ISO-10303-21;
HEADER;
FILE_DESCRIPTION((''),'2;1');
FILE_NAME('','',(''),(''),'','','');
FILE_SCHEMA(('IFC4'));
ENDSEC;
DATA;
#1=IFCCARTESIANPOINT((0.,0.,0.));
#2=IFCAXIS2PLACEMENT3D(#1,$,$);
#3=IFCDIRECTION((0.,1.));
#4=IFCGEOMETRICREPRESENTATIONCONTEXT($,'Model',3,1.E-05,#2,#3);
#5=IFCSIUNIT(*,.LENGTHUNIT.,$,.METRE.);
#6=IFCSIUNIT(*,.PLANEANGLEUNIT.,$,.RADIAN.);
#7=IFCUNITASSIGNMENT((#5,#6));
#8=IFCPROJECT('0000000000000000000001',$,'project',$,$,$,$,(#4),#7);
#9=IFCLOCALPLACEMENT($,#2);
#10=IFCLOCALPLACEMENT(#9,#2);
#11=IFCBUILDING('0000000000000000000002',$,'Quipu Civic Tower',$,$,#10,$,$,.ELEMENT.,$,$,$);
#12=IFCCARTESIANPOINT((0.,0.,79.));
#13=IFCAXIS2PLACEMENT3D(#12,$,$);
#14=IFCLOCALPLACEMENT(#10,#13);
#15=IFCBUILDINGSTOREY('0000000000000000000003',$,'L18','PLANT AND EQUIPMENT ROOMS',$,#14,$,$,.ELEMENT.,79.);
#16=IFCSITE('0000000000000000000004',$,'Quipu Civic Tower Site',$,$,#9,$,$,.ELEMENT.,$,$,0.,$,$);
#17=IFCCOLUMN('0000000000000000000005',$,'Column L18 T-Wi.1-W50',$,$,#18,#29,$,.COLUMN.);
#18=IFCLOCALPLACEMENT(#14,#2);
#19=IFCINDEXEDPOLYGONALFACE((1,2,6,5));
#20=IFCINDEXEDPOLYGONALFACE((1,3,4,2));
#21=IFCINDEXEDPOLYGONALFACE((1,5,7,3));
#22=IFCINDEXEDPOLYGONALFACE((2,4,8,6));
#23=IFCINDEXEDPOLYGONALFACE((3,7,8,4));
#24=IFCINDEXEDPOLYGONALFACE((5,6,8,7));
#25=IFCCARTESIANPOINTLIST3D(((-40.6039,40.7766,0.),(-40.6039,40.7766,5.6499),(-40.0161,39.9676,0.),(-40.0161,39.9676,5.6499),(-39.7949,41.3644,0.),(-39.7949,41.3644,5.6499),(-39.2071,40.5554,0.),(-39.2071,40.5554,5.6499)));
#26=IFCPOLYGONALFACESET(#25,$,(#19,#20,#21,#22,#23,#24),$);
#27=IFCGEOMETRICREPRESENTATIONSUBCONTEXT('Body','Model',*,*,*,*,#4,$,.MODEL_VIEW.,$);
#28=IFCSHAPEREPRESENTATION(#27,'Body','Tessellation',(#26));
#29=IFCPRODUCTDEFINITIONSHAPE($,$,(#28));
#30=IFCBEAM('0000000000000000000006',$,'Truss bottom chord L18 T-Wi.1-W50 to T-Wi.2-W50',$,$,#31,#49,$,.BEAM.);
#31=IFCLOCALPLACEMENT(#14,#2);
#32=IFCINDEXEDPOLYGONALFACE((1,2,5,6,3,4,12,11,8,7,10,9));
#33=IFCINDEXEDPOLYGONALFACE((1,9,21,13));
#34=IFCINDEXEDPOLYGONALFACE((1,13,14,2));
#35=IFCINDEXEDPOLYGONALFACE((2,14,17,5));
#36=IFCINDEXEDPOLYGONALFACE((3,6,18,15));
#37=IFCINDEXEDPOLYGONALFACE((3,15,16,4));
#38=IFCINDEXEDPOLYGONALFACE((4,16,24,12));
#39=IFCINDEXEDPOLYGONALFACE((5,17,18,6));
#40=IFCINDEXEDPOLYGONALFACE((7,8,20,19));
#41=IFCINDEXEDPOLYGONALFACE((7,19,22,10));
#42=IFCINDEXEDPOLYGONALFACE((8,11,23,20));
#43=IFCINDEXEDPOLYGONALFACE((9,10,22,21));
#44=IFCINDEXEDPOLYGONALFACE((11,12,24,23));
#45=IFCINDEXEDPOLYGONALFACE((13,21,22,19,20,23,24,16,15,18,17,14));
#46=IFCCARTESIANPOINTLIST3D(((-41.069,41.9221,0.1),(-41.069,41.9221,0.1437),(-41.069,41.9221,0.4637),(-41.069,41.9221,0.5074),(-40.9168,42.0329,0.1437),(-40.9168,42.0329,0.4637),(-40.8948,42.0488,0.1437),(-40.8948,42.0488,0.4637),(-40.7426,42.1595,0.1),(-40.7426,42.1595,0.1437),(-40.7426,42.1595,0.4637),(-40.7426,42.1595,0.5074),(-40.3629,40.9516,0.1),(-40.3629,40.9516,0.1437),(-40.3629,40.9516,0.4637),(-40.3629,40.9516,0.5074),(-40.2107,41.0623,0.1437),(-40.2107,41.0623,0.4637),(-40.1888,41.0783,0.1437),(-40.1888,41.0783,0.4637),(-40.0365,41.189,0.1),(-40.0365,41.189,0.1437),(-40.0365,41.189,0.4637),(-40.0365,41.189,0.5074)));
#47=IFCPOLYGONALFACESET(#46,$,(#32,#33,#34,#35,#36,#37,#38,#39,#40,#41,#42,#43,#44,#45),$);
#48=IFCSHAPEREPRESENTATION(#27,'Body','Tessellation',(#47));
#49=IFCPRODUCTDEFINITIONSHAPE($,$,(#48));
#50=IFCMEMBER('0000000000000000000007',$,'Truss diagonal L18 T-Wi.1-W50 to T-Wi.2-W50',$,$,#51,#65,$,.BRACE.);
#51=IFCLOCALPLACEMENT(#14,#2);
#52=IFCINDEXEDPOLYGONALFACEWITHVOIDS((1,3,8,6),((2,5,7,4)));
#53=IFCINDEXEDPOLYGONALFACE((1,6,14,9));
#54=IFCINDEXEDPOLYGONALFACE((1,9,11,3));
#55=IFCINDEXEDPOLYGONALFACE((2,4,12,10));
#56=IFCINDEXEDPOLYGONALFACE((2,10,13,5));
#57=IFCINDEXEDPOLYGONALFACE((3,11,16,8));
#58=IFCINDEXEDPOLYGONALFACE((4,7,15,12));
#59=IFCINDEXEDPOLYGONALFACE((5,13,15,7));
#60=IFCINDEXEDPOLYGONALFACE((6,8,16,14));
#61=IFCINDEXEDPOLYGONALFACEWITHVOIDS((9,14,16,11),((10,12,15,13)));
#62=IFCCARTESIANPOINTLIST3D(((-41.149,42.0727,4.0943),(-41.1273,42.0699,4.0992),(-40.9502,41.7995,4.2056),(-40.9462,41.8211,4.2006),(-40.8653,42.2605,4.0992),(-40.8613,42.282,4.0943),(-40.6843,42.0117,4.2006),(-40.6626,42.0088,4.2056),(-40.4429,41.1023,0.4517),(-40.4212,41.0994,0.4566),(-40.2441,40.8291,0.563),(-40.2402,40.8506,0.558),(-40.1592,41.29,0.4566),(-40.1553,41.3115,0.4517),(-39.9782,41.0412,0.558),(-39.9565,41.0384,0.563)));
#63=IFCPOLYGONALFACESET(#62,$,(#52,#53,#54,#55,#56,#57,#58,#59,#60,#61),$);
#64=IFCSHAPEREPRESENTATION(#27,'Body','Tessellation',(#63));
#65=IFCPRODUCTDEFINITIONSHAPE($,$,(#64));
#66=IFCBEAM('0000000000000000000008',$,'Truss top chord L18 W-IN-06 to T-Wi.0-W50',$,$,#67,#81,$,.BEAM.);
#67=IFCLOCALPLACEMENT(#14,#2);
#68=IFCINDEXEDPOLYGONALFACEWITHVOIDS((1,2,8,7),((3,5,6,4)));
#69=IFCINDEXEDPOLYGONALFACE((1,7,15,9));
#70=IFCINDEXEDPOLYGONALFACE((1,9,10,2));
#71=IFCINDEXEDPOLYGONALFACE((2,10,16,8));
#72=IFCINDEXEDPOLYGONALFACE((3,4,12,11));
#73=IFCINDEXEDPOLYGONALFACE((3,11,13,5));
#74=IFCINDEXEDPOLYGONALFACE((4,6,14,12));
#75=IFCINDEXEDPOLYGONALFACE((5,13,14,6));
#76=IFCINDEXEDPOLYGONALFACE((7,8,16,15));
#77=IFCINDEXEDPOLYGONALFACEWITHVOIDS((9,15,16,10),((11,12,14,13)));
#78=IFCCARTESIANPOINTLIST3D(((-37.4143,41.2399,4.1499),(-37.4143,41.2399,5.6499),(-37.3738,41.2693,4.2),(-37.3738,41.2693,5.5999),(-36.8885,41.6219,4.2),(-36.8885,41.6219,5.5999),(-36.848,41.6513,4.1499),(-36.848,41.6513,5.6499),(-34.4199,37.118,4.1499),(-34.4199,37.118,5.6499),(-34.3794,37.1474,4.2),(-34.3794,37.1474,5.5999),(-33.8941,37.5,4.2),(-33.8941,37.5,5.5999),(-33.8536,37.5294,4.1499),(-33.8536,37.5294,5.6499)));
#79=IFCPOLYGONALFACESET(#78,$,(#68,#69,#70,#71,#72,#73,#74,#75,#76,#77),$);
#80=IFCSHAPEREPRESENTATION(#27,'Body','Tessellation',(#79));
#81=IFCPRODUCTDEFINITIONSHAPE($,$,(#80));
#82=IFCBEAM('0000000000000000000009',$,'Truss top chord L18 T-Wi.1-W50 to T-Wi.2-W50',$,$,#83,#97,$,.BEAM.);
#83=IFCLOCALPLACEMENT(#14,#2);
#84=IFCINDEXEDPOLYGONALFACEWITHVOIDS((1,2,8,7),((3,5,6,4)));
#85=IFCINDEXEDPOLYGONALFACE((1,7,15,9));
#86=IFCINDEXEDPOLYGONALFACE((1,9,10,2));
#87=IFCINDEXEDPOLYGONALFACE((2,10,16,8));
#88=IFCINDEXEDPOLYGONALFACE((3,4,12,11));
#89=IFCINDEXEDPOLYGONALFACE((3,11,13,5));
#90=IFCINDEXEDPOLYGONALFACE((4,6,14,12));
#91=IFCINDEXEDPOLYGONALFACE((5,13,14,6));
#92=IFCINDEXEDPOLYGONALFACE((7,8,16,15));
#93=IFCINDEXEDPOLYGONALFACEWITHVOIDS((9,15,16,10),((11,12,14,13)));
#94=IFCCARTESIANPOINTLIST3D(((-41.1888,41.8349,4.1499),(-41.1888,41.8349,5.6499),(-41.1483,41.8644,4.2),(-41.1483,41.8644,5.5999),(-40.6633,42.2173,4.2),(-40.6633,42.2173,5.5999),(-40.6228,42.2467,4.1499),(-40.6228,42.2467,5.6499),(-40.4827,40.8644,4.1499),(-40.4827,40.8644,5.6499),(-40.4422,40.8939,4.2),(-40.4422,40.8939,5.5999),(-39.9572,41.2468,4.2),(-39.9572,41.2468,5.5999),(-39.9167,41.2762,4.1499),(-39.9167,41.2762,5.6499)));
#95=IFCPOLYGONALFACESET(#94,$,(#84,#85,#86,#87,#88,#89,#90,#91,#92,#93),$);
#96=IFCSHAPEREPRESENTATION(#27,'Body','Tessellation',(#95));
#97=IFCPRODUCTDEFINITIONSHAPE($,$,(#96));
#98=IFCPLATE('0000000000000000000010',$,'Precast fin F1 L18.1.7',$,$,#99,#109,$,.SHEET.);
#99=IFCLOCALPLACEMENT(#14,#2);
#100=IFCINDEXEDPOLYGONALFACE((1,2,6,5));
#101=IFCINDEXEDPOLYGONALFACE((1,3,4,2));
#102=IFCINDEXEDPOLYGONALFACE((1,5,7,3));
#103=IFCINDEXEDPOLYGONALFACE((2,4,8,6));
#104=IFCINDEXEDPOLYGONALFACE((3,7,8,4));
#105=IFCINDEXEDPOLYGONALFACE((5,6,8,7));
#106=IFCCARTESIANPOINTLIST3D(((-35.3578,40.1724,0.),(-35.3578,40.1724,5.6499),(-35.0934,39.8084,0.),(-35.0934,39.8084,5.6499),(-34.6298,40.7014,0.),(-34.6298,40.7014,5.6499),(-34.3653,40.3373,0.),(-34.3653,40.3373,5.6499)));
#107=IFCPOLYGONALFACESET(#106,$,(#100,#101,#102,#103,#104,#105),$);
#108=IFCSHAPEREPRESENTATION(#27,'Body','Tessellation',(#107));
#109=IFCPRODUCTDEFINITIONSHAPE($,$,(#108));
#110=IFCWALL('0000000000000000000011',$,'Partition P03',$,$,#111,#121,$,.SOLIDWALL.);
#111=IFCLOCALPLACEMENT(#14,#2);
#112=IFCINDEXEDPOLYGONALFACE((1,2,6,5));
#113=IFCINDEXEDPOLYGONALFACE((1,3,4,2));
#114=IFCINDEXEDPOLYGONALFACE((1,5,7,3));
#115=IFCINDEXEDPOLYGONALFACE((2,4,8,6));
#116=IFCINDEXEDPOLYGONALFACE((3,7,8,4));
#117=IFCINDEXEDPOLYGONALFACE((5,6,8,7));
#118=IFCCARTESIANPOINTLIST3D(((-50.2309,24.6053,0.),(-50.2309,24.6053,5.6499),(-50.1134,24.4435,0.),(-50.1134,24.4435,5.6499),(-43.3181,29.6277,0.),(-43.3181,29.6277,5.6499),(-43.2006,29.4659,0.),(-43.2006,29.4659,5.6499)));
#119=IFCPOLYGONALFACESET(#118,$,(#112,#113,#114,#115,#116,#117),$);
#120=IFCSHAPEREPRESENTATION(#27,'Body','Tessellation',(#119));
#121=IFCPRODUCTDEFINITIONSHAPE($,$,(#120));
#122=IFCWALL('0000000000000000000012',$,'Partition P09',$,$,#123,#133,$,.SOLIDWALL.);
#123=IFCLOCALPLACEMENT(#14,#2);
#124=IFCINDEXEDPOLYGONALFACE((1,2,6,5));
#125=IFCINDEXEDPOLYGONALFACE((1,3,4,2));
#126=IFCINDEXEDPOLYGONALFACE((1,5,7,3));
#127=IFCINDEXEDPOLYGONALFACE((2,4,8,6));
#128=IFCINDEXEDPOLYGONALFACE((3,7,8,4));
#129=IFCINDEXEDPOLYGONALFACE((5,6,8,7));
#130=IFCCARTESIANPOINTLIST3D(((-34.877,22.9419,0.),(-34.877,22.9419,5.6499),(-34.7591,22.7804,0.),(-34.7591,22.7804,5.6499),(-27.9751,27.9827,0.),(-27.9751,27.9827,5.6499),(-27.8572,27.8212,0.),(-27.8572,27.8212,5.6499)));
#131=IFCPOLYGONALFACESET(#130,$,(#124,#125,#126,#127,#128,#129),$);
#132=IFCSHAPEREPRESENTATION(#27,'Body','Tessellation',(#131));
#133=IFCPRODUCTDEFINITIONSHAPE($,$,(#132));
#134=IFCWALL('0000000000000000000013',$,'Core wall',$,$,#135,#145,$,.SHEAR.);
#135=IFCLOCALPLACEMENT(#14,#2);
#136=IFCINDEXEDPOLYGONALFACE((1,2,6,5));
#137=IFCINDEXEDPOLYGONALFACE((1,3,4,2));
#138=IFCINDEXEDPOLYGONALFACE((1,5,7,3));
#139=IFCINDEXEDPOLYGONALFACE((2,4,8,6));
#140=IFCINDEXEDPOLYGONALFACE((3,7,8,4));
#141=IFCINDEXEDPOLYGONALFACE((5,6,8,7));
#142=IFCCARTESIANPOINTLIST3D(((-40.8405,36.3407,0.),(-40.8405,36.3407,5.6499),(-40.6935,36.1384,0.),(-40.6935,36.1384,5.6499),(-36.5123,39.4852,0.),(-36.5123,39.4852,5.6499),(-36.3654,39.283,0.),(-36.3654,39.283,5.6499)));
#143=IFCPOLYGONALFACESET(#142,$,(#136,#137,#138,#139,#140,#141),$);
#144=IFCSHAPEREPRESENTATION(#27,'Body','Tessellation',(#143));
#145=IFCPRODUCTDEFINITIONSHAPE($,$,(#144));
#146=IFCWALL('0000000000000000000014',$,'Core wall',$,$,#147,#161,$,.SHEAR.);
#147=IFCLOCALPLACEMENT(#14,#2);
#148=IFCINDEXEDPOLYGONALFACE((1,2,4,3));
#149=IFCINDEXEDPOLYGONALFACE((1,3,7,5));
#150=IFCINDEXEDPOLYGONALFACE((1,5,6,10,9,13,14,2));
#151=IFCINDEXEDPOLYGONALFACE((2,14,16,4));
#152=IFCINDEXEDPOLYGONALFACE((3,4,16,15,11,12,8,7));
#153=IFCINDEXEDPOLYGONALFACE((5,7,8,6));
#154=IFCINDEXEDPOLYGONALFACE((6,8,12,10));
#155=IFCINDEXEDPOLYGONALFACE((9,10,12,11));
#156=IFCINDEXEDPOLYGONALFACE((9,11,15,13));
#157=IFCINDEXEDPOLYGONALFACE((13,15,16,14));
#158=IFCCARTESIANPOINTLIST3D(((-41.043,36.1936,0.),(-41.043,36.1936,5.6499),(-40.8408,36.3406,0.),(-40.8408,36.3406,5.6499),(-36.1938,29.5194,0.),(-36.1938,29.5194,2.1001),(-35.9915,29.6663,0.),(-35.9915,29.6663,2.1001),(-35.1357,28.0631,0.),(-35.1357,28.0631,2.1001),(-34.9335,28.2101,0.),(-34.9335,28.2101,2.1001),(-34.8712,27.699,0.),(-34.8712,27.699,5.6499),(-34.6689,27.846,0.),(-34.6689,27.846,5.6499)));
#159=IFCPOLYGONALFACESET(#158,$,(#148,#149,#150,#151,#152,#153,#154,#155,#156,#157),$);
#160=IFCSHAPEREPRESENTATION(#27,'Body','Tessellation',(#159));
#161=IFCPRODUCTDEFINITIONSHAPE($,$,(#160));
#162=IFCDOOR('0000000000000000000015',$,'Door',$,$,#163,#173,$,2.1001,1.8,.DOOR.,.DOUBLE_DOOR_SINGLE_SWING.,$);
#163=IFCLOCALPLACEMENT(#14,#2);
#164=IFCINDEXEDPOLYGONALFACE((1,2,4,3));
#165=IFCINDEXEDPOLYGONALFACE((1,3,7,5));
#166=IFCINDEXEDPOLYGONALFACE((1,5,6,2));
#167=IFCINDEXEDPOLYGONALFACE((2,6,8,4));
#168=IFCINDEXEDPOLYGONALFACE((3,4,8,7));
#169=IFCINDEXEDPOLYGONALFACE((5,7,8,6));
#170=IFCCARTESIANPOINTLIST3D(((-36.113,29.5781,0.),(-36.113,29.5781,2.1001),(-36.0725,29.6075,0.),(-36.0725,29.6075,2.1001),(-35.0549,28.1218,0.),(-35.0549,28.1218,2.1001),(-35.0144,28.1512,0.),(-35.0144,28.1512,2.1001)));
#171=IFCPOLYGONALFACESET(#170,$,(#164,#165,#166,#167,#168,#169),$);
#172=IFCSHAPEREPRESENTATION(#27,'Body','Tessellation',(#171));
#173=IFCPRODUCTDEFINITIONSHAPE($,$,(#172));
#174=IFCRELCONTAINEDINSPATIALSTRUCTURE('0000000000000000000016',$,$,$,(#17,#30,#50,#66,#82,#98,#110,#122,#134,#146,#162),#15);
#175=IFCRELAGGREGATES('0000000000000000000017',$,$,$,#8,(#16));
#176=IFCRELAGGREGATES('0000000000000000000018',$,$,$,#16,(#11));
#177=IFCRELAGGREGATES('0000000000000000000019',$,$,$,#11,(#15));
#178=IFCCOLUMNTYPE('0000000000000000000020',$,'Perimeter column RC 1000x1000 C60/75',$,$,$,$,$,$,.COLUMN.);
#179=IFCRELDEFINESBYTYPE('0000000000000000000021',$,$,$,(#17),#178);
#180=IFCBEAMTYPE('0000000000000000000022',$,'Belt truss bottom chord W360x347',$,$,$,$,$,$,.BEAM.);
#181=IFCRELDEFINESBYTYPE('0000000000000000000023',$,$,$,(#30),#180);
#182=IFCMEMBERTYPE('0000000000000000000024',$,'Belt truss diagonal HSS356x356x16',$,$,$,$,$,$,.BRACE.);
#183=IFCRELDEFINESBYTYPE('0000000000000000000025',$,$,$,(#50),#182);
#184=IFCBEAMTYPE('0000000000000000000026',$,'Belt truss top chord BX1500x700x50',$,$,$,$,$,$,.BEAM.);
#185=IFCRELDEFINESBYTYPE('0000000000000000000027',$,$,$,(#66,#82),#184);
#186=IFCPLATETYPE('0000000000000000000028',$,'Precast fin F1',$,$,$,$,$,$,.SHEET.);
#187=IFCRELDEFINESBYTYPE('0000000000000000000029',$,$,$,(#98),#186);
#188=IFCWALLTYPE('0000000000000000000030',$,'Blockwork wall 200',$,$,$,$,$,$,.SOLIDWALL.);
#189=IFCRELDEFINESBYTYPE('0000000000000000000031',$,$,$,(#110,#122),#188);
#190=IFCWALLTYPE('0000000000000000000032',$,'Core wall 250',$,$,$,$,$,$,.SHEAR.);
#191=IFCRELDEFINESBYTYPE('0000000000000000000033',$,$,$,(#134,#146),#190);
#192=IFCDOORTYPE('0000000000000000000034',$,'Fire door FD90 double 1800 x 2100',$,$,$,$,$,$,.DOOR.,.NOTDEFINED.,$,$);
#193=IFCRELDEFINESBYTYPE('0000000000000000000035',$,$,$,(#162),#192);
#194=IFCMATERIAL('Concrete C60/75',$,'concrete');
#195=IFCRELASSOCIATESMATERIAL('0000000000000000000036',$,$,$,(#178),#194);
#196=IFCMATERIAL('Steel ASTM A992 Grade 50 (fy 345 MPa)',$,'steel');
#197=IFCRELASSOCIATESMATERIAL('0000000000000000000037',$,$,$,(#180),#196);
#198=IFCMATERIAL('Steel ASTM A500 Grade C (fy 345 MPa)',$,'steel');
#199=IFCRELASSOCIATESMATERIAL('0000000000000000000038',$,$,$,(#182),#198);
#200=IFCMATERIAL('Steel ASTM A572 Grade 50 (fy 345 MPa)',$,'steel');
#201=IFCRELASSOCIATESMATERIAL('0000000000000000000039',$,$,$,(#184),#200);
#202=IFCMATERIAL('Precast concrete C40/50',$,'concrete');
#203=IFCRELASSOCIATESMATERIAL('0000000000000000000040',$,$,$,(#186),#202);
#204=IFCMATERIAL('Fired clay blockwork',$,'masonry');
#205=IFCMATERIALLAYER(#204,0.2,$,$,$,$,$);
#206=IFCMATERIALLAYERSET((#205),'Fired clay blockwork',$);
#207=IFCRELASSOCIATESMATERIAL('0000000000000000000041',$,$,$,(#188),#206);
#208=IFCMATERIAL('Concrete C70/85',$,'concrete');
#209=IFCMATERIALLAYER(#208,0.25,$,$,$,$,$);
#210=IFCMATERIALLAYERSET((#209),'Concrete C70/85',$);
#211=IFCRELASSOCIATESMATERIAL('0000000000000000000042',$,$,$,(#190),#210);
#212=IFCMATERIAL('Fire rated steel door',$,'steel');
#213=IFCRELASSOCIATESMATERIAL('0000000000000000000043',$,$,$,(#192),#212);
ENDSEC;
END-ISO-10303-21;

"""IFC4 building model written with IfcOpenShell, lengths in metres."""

from ifc_helpers import new_model, si_unit, direction, frame, frame_2d, origin, origin_2d, place, context, subcontext, project, spatial, rectangle, hollow_rectangle, i_section, extrude, material, layer, layer_set, material_profile, profile_set, type_object, element, fill, save


model = new_model("IFC4")

# Units and contexts
model_context = context("Model", 3, precision=1e-05, world=origin(), true_north=direction((0.0, 1.0)))
body_context = subcontext(model_context, "Body", "Model", "MODEL_VIEW")
ifc_project = project(units=[si_unit("LENGTHUNIT", "METRE"), si_unit("PLANEANGLEUNIT", "RADIAN")], contexts=[model_context])

# Site, building, storey
site_placement = place(None, origin())
site = spatial("IfcSite", under=ifc_project, at=site_placement, Name="Quipu Civic Tower Site", CompositionType="ELEMENT", RefElevation=0.0)
building_placement = place(site_placement, origin())
building = spatial("IfcBuilding", under=site, at=building_placement, Name="Quipu Civic Tower", CompositionType="ELEMENT")
storey_placement = place(building_placement, frame((0.0, 0.0, 79.0)))
storey = spatial("IfcBuildingStorey", under=building, at=storey_placement, Name="L18", Description="PLANT AND EQUIPMENT ROOMS", CompositionType="ELEMENT", Elevation=79.0)

# Column
ifc_material_1 = material(Name="Concrete C60/75", Category="concrete")
ifc_material_profile_1 = material_profile(ifc_material_1, rectangle(XDim=1.0, YDim=1.0, at=origin_2d()), Name="RC1000x1000")
ifc_profile_set_1 = profile_set([ifc_material_profile_1], Name="Concrete C60/75")
column_type = type_object("IfcColumnType", Name="Perimeter column RC 1000x1000 C60/75", PredefinedType="COLUMN", material=ifc_profile_set_1)
column_placement = place(storey_placement, frame((-39.9055, 40.666, 0.0), z_axis=(0.0, 0.0, 1.0), x_axis=(-0.587785, 0.809017, 0.0)))
element("IfcColumn", 1, at=column_placement, inside=storey, type_object=column_type, Name="Column L18 T-Wi.1-W50", PredefinedType="COLUMN", context=body_context, shape_type="SweptSolid", body=[
    extrude(rectangle(XDim=1.0, YDim=1.0, at=origin_2d()), origin(), (0.0, 0.0, 1.0), 5.6499),
])

# Beam
ifc_material_2 = material(Name="Steel ASTM A992 Grade 50 (fy 345 MPa)", Category="steel")
ifc_material_profile_2 = material_profile(ifc_material_2, i_section(OverallWidth=0.4036, OverallDepth=0.4075, WebThickness=0.0271, FlangeThickness=0.0437, at=origin_2d()), Name="W360x347")
ifc_profile_set_2 = profile_set([ifc_material_profile_2], Name="Steel ASTM A992 Grade 50 (fy 345 MPa)")
beam_type_1 = type_object("IfcBeamType", Name="Belt truss bottom chord W360x347", PredefinedType="BEAM", material=ifc_profile_set_2)
beam_1_placement = place(storey_placement, frame((-40.1997, 41.0703, 0.3037), z_axis=(-0.588317, 0.808631, 0.0), x_axis=(-0.808631, -0.588317, 0.0)))
element("IfcBeam", 2, at=beam_1_placement, inside=storey, type_object=beam_type_1, Name="Truss bottom chord L18 T-Wi.1-W50 to T-Wi.2-W50", PredefinedType="BEAM", context=body_context, shape_type="SweptSolid", body=[
    extrude(i_section(OverallWidth=0.4036, OverallDepth=0.4075, WebThickness=0.0271, FlangeThickness=0.0437, at=origin_2d()), origin(), (0.0, 0.0, 1.0), 1.2002),
])

# Member
ifc_material_3 = material(Name="Steel ASTM A500 Grade C (fy 345 MPa)", Category="steel")
ifc_material_profile_3 = material_profile(ifc_material_3, hollow_rectangle(XDim=0.3557, YDim=0.3557, WallThickness=0.0159, at=origin_2d()), Name="HSS356x356x16")
ifc_profile_set_3 = profile_set([ifc_material_profile_3], Name="Steel ASTM A500 Grade C (fy 345 MPa)")
member_type = type_object("IfcMemberType", Name="Belt truss diagonal HSS356x356x16", PredefinedType="BRACE", material=ifc_profile_set_3)
member_placement = place(storey_placement, frame((-40.1997, 41.0703, 0.5073), z_axis=(-0.184099, 0.253041, 0.949778), x_axis=(-0.808631, -0.588317, 0.0)))
element("IfcMember", 3, at=member_placement, inside=storey, type_object=member_type, Name="Truss diagonal L18 T-Wi.1-W50 to T-Wi.2-W50", PredefinedType="BRACE", context=body_context, shape_type="SweptSolid", body=[
    extrude(hollow_rectangle(XDim=0.3557, YDim=0.3557, WallThickness=0.0159, at=origin_2d()), origin(), (0.0, 0.0, 1.0), 3.8352),
])

# Beams
ifc_material_4 = material(Name="Steel ASTM A572 Grade 50 (fy 345 MPa)", Category="steel")
ifc_material_profile_4 = material_profile(ifc_material_4, hollow_rectangle(XDim=0.7, YDim=1.5, WallThickness=0.05, at=origin_2d()), Name="BX1500x700x50")
ifc_profile_set_4 = profile_set([ifc_material_profile_4], Name="Steel ASTM A572 Grade 50 (fy 345 MPa)")
beam_type_2 = type_object("IfcBeamType", Name="Belt truss top chord BX1500x700x50", PredefinedType="BEAM", material=ifc_profile_set_4)
beam_2_placement = place(storey_placement, frame((-34.1367, 37.3237, 4.8999), z_axis=(-0.587747, 0.809045, 0.0), x_axis=(-0.809045, -0.587747, 0.0)))
element("IfcBeam", 4, at=beam_2_placement, inside=storey, type_object=beam_type_2, Name="Truss top chord L18 W-IN-06 to T-Wi.0-W50", PredefinedType="BEAM", context=body_context, shape_type="SweptSolid", body=[
    extrude(hollow_rectangle(XDim=0.7, YDim=1.5, WallThickness=0.05, at=origin_2d()), origin(), (0.0, 0.0, 1.0), 5.0947),
])
beam_3_placement = place(storey_placement, frame((-40.1997, 41.0703, 4.8999), z_axis=(-0.588317, 0.808631, 0.0), x_axis=(-0.808631, -0.588317, 0.0)))
element("IfcBeam", 5, at=beam_3_placement, inside=storey, type_object=beam_type_2, Name="Truss top chord L18 T-Wi.1-W50 to T-Wi.2-W50", PredefinedType="BEAM", context=body_context, shape_type="SweptSolid", body=[
    extrude(hollow_rectangle(XDim=0.7, YDim=1.5, WallThickness=0.05, at=origin_2d()), origin(), (0.0, 0.0, 1.0), 1.2002),
])

# Plate
ifc_material_5 = material(Name="Precast concrete C40/50", Category="concrete")
plate_type = type_object("IfcPlateType", Name="Precast fin F1", PredefinedType="SHEET", material=ifc_material_5)
plate_placement = place(storey_placement, frame((-34.8616, 40.2549, 0.0), z_axis=(0.0, 0.0, 1.0), x_axis=(-0.587785, 0.809017, 0.0)))
element("IfcPlate", 6, at=plate_placement, inside=storey, type_object=plate_type, Name="Precast fin F1 L18.1.7", PredefinedType="SHEET", context=body_context, shape_type="SweptSolid", body=[
    extrude(rectangle(XDim=0.45, YDim=0.8999, at=origin_2d()), origin(), (0.0, 0.0, 1.0), 5.6499),
])

# Walls
ifc_material_6 = material(Name="Fired clay blockwork", Category="masonry")
ifc_layer_1 = layer(ifc_material_6, 0.2)
ifc_layer_set_1 = layer_set([ifc_layer_1], Name="Fired clay blockwork")
wall_type_1 = type_object("IfcWallType", Name="Blockwork wall 200", PredefinedType="SOLIDWALL", material=ifc_layer_set_1)
wall_1_placement = place(storey_placement, frame((-43.2593, 29.5469, 0.0), z_axis=(0.0, 0.0, 1.0), x_axis=(-0.809018, -0.587784, 0.0)))
element("IfcWall", 7, at=wall_1_placement, inside=storey, type_object=wall_type_1, Name="Partition P03", PredefinedType="SOLIDWALL", context=body_context, shape_type="SweptSolid", body=[
    extrude(rectangle(XDim=8.5447, YDim=0.2, at=frame_2d((4.2725, 0.0))), origin(), (0.0, 0.0, 1.0), 5.6499),
])
wall_2_placement = place(storey_placement, frame((-34.8181, 22.8611, 0.0), z_axis=(0.0, 0.0, 1.0), x_axis=(0.807552, 0.589796, 0.0)))
element("IfcWall", 8, at=wall_2_placement, inside=storey, type_object=wall_type_1, Name="Partition P09", PredefinedType="SOLIDWALL", context=body_context, shape_type="SweptSolid", body=[
    extrude(rectangle(XDim=8.5466, YDim=0.2, at=frame_2d((4.2734, 0.0))), origin(), (0.0, 0.0, 1.0), 5.6499),
])
ifc_material_7 = material(Name="Concrete C70/85", Category="concrete")
ifc_layer_2 = layer(ifc_material_7, 0.25)
ifc_layer_set_2 = layer_set([ifc_layer_2], Name="Concrete C70/85")
wall_type_2 = type_object("IfcWallType", Name="Core wall 250", PredefinedType="SHEAR", material=ifc_layer_set_2)
wall_3_placement = place(storey_placement, frame((-36.439, 39.384, 0.0), z_axis=(0.0, 0.0, 1.0), x_axis=(-0.80902, -0.587781, 0.0)))
element("IfcWall", 9, at=wall_3_placement, inside=storey, type_object=wall_type_2, Name="Core wall", PredefinedType="SHEAR", context=body_context, shape_type="SweptSolid", body=[
    extrude(rectangle(XDim=5.3499, YDim=0.25, at=frame_2d((2.6748, 0.0))), origin(), (0.0, 0.0, 1.0), 5.6499),
])

# Wall, opening, door
wall_4_placement = place(storey_placement, frame((-40.9419, 36.2671, 0.0), z_axis=(0.0, 0.0, 1.0), x_axis=(0.587796, -0.809009, 0.0)))
wall_4 = element("IfcWall", 10, at=wall_4_placement, inside=storey, type_object=wall_type_2, Name="Core wall", PredefinedType="SHEAR", context=body_context, shape_type="SweptSolid", body=[
    extrude(rectangle(XDim=10.5, YDim=0.25, at=frame_2d((5.25, 0.0))), origin(), (0.0, 0.0, 1.0), 5.6499),
])
opening_1_placement = place(wall_4_placement, frame((8.25, 0.0, 0.0)))
opening_1 = element("IfcOpeningElement", 11, at=opening_1_placement, cuts=wall_4, PredefinedType="OPENING", context=body_context, shape_type="SweptSolid", body=[
    extrude(rectangle(XDim=1.8, YDim=2.1001, at=frame_2d((0.8999, 1.05))), frame((0.0, 0.135, 0.0), z_axis=(0.0, -1.0, 0.0), x_axis=(1.0, 0.0, 0.0)), (0.0, 0.0, 1.0), 0.27),
])
ifc_material_8 = material(Name="Fire rated steel door", Category="steel")
door_type_1 = type_object("IfcDoorType", Name="Fire door FD90 double 1800 x 2100", OperationType="NOTDEFINED", PredefinedType="DOOR", material=ifc_material_8)
door_1_placement = place(opening_1_placement, origin())
door_1 = element("IfcDoor", 12, at=door_1_placement, inside=storey, type_object=door_type_1, Name="Door", OperationType="DOUBLE_DOOR_SINGLE_SWING", OverallHeight=2.1001, OverallWidth=1.8, PredefinedType="DOOR", context=body_context, shape_type="SweptSolid", body=[
    extrude(rectangle(XDim=1.8, YDim=2.1001, at=frame_2d((0.8999, 1.05))), frame((0.0, 0.0249, 0.0), z_axis=(0.0, -1.0, 0.0), x_axis=(1.0, 0.0, 0.0)), (0.0, 0.0, 1.0), 0.05),
])
fill(opening_1, door_1)

save(model, "model.ifc")
